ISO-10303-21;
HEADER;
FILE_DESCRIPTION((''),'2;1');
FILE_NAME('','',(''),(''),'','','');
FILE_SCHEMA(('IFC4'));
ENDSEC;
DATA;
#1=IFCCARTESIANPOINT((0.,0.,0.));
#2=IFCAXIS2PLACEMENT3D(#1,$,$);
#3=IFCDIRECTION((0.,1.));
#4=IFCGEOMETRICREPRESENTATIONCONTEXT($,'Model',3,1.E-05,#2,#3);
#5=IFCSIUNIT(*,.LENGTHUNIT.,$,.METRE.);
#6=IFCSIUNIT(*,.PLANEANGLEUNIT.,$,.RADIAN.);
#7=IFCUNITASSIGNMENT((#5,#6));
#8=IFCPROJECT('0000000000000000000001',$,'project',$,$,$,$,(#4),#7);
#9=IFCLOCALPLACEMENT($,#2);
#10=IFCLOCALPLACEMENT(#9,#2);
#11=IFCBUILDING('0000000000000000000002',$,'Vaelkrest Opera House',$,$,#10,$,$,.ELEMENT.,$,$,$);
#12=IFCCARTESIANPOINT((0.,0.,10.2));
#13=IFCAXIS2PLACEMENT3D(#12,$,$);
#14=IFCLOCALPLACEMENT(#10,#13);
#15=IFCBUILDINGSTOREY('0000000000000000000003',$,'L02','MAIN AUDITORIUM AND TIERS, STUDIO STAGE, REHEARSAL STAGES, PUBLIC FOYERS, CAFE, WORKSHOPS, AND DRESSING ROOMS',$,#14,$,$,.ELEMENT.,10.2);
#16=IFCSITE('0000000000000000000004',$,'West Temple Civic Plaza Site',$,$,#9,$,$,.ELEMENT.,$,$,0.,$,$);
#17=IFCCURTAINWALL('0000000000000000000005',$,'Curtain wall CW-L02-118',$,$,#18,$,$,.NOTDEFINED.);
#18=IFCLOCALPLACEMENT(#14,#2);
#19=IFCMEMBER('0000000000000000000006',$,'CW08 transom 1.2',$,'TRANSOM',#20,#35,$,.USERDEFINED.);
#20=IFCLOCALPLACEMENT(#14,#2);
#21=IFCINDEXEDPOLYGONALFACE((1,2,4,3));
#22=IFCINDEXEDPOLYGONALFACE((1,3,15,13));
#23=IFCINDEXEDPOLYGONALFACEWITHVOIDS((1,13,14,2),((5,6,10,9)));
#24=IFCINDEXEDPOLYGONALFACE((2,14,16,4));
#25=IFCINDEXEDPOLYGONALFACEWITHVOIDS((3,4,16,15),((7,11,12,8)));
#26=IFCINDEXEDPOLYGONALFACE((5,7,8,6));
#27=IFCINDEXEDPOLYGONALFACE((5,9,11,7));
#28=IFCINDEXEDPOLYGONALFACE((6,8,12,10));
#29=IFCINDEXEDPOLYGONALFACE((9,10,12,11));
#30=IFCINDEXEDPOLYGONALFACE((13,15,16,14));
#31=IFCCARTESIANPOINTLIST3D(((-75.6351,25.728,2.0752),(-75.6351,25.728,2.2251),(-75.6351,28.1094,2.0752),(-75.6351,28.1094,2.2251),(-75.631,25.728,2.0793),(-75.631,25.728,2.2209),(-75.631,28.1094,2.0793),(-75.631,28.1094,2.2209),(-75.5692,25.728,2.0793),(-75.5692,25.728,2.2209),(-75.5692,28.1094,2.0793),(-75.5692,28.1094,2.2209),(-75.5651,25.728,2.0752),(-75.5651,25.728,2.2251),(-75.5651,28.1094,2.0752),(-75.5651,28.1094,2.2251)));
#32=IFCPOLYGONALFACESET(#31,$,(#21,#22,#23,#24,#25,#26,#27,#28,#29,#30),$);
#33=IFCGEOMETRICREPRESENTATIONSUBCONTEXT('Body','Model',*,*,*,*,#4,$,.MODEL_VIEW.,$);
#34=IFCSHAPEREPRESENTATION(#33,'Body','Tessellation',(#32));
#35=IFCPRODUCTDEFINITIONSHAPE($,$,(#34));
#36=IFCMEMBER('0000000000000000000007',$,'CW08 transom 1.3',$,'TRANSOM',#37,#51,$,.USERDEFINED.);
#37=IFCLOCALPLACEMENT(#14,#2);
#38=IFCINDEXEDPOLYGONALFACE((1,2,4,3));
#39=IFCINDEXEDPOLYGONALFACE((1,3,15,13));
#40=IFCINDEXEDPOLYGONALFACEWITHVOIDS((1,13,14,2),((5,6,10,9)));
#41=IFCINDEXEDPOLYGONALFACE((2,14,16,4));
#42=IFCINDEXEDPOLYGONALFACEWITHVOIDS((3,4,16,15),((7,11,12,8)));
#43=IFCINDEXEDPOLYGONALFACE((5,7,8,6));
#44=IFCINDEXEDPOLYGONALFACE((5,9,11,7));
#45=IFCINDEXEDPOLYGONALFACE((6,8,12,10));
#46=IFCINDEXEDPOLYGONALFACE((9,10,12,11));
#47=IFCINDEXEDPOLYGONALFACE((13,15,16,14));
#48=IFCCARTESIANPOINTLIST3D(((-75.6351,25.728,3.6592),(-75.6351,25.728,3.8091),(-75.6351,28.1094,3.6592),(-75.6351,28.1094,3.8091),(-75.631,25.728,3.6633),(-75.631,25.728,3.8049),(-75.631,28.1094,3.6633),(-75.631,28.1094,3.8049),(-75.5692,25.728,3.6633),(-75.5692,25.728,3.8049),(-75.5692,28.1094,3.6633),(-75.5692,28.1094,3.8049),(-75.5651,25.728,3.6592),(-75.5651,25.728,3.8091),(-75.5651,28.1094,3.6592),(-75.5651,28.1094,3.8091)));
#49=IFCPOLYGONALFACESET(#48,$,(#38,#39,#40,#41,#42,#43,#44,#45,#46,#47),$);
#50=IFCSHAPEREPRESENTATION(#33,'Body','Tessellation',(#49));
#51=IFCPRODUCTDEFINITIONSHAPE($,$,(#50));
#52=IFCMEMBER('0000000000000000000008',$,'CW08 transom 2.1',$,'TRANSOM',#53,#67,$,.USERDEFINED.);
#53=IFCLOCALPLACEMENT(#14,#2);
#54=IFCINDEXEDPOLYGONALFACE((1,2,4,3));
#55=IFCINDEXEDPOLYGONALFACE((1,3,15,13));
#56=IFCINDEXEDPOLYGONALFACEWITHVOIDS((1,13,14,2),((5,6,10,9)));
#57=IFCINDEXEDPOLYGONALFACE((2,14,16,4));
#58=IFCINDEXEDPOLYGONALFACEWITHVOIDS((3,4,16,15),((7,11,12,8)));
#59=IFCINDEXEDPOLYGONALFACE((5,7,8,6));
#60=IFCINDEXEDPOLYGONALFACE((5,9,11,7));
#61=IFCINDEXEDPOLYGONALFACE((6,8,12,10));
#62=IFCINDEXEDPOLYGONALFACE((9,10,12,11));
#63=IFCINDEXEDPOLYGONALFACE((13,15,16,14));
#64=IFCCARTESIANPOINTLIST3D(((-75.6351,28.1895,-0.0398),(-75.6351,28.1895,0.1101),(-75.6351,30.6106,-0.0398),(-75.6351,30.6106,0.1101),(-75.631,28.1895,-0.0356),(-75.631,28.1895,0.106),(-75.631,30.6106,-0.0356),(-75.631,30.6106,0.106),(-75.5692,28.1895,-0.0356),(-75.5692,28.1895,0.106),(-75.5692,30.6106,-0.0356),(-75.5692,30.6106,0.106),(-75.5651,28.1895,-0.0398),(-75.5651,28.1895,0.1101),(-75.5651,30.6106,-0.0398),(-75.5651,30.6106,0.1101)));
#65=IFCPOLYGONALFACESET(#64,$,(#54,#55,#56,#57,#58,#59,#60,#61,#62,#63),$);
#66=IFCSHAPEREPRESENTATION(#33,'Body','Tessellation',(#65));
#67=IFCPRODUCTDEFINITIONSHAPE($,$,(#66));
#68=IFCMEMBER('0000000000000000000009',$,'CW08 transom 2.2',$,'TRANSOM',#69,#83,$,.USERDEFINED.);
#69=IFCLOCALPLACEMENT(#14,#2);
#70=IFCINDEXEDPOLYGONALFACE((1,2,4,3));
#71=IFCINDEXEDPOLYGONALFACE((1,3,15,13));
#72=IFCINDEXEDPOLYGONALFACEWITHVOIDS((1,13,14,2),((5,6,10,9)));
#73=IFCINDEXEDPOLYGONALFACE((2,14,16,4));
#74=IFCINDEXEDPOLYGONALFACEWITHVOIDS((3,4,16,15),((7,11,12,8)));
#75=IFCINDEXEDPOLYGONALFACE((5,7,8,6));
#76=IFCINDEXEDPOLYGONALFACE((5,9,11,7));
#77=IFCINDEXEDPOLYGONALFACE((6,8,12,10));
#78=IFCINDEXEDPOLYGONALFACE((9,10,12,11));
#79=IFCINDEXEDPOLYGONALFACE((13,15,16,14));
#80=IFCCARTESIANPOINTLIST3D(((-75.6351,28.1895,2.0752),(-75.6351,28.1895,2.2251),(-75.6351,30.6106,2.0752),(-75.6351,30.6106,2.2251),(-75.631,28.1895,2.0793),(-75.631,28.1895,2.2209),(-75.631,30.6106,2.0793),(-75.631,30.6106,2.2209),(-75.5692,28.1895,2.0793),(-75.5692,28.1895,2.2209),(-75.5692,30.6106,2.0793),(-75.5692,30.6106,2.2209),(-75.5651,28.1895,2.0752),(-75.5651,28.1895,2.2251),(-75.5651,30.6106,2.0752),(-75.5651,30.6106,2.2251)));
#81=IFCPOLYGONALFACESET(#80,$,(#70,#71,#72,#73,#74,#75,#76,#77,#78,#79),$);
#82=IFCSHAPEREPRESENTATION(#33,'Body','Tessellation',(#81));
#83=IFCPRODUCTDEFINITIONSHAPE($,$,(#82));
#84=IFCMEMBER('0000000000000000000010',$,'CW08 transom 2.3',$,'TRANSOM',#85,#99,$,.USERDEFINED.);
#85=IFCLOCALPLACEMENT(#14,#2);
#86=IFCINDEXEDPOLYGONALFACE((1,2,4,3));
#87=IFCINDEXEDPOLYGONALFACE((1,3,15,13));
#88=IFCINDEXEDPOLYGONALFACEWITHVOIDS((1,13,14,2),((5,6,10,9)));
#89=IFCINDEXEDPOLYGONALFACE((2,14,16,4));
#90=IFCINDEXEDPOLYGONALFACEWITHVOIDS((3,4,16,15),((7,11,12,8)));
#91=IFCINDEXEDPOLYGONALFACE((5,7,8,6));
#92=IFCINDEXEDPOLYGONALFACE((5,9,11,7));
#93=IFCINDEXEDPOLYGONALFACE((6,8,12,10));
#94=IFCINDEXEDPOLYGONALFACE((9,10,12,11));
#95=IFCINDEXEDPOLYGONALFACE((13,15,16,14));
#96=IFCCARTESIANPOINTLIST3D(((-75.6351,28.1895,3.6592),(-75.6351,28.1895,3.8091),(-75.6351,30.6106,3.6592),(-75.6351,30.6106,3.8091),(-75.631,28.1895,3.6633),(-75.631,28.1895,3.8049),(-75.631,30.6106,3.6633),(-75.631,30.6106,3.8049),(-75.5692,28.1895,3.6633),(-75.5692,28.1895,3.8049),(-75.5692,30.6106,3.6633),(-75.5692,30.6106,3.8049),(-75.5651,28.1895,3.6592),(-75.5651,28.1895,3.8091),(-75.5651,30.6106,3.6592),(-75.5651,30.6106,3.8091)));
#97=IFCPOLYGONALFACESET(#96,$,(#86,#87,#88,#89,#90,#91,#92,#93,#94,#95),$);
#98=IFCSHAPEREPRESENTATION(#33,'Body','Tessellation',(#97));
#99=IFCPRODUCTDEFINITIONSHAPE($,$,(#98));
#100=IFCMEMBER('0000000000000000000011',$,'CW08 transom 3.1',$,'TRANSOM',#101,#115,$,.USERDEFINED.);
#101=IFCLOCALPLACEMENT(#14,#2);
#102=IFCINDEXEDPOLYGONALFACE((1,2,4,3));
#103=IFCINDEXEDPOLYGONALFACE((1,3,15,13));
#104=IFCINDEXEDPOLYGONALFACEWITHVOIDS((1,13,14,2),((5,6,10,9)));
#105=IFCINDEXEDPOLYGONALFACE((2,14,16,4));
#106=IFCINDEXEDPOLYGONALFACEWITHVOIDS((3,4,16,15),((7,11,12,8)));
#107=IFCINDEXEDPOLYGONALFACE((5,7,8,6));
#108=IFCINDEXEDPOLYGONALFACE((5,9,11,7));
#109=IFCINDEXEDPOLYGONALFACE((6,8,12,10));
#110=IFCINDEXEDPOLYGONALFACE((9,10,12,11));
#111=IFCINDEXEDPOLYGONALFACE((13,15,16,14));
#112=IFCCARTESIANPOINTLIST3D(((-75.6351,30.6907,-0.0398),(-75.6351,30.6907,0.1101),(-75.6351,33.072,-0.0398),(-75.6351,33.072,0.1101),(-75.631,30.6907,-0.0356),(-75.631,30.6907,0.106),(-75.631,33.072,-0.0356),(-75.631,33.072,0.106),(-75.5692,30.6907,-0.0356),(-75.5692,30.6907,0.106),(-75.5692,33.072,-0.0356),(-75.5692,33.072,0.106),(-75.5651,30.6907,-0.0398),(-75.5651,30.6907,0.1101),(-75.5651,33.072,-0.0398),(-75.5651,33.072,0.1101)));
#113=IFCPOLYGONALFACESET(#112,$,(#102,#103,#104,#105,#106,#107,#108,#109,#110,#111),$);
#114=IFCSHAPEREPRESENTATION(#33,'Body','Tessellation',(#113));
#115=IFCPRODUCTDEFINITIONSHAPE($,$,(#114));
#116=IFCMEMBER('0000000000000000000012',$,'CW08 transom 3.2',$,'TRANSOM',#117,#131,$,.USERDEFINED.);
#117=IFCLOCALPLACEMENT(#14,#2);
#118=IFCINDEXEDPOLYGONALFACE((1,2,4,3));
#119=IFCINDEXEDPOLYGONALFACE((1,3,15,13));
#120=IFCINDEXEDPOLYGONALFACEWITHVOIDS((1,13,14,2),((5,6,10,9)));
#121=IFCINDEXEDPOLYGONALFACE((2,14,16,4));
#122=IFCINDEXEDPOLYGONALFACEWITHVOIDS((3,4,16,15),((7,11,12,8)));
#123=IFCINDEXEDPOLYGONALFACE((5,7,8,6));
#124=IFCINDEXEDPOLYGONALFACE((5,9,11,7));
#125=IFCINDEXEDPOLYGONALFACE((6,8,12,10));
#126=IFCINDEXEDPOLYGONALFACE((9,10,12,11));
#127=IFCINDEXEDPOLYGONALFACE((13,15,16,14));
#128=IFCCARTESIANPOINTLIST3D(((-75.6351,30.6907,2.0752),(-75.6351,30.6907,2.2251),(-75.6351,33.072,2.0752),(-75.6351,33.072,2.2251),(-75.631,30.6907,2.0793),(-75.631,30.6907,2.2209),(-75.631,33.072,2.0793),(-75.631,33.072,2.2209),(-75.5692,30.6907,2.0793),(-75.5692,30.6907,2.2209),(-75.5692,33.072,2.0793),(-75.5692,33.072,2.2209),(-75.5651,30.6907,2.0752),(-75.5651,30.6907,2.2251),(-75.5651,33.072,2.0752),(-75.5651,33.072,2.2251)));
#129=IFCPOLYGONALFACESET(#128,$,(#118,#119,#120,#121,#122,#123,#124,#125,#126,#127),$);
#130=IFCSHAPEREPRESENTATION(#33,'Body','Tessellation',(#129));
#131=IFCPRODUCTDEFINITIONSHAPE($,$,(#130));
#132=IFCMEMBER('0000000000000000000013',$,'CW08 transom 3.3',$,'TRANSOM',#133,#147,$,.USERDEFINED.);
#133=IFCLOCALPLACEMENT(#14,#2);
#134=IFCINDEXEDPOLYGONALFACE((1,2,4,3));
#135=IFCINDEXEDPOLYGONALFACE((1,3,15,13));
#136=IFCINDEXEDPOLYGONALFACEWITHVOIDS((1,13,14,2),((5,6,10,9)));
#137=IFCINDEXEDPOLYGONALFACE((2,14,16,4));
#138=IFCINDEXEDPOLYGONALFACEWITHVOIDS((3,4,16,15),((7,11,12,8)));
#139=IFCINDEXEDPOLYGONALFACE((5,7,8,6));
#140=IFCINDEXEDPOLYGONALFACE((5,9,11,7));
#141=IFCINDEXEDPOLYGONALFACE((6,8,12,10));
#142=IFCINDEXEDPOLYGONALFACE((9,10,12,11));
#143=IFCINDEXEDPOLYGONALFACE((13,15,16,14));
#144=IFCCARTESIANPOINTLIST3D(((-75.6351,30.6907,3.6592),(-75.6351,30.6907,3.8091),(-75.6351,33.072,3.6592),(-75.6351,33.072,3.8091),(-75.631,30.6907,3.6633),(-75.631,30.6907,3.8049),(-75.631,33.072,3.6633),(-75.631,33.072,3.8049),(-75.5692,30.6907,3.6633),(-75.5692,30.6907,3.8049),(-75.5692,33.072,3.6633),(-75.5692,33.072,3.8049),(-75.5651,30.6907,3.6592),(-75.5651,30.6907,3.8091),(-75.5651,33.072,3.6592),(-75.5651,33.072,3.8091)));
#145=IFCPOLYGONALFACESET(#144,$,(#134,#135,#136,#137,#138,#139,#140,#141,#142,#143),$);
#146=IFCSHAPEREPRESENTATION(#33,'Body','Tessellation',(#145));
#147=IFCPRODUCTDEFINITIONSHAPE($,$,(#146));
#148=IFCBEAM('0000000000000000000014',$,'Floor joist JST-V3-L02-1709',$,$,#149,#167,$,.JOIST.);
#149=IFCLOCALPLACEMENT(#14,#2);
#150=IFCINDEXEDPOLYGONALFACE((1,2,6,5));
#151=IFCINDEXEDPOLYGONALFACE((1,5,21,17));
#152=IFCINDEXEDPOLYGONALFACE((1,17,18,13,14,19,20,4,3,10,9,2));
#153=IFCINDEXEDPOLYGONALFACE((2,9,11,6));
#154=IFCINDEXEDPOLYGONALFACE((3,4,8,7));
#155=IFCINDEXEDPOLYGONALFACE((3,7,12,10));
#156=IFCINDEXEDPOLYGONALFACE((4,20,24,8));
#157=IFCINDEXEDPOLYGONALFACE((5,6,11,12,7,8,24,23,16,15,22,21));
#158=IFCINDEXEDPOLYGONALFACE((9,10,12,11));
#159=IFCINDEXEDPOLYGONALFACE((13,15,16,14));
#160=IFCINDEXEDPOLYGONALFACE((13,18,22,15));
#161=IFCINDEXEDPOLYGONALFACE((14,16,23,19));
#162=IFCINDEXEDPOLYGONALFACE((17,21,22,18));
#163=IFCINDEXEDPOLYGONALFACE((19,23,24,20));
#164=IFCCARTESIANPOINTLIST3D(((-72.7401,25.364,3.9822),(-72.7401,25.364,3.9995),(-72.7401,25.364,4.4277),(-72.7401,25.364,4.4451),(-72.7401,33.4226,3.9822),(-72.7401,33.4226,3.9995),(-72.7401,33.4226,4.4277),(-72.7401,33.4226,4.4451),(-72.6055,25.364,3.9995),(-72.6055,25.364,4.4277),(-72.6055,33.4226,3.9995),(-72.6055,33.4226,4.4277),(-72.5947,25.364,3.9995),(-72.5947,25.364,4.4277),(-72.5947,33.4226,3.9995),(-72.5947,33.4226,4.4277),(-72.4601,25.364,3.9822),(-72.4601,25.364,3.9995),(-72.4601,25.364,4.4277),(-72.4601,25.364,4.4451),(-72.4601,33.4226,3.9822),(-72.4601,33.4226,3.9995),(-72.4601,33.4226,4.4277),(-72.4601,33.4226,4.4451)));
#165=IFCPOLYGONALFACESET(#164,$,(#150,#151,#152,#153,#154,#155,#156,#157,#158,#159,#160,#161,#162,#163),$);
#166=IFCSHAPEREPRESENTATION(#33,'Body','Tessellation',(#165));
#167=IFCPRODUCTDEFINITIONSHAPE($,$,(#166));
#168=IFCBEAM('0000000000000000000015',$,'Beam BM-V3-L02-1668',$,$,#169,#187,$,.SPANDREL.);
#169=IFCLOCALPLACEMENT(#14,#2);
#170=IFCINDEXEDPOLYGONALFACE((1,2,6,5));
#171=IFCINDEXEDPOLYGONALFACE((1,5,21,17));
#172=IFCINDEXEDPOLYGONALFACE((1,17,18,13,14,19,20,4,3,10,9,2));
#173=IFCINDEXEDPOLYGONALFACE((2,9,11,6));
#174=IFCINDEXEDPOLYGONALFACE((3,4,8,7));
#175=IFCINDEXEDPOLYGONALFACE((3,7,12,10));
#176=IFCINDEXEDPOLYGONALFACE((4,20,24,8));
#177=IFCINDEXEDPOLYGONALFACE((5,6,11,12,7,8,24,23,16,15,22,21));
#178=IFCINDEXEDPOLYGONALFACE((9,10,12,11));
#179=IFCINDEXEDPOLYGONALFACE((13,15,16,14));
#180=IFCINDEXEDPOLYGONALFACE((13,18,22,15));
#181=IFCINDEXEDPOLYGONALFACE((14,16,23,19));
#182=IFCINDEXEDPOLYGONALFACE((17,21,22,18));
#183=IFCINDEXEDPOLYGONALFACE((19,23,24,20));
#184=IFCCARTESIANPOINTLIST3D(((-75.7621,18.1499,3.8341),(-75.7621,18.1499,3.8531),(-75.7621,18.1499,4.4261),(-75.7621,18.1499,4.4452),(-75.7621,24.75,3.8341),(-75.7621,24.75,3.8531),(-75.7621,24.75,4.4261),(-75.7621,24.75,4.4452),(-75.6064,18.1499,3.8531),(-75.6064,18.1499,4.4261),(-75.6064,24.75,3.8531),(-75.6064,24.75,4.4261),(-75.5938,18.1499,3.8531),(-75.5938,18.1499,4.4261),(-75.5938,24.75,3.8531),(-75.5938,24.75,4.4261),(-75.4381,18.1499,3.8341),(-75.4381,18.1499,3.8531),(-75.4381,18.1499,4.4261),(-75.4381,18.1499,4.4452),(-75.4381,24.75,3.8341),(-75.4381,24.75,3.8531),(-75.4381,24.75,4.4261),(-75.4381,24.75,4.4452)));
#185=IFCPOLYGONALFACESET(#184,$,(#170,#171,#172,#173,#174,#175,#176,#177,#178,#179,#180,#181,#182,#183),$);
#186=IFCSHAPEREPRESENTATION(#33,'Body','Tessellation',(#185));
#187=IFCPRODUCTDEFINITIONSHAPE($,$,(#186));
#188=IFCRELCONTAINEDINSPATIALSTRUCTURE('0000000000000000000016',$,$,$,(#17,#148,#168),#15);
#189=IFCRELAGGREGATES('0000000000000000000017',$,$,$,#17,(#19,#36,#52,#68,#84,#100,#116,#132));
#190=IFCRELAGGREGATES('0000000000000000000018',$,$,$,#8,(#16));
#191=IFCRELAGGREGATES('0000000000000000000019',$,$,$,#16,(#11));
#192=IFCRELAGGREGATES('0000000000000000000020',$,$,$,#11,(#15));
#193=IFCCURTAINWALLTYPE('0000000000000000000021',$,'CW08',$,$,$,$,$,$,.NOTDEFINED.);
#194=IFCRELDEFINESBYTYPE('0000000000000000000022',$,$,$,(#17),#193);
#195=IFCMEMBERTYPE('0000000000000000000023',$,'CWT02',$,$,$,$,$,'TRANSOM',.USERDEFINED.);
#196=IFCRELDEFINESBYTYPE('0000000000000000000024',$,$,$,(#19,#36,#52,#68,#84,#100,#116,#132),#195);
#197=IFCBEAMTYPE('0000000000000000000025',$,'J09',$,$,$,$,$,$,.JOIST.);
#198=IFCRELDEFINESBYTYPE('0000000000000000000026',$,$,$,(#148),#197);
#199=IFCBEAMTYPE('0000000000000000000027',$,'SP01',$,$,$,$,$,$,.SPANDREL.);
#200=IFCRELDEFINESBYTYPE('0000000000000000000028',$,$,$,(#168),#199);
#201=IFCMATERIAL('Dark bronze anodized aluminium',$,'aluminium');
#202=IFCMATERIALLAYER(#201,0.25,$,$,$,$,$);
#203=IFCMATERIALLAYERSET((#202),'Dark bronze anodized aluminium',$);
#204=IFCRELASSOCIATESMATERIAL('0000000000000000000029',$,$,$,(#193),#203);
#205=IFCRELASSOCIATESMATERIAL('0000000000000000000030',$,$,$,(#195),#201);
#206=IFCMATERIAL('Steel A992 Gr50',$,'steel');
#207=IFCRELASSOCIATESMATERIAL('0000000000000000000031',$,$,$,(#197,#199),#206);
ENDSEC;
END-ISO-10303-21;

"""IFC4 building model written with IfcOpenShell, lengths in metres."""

from ifc_helpers import new_model, si_unit, direction, frame, origin, origin_2d, place, context, subcontext, project, spatial, hollow_rectangle, i_section, extrude, material, layer, layer_set, material_profile, profile_set, type_object, element, aggregate, save


model = new_model("IFC4")

# Units and contexts
model_context = context("Model", 3, precision=1e-05, world=origin(), true_north=direction((0.0, 1.0)))
body_context = subcontext(model_context, "Body", "Model", "MODEL_VIEW")
ifc_project = project(units=[si_unit("LENGTHUNIT", "METRE"), si_unit("PLANEANGLEUNIT", "RADIAN")], contexts=[model_context])

# Site, building, storey
site_placement = place(None, origin())
site = spatial("IfcSite", under=ifc_project, at=site_placement, Name="West Temple Civic Plaza Site", CompositionType="ELEMENT", RefElevation=0.0)
building_placement = place(site_placement, origin())
building = spatial("IfcBuilding", under=site, at=building_placement, Name="Vaelkrest Opera House", CompositionType="ELEMENT")
storey_placement = place(building_placement, frame((0.0, 0.0, 10.2)))
storey = spatial("IfcBuildingStorey", under=building, at=storey_placement, Name="L02", Description="MAIN AUDITORIUM AND TIERS, STUDIO STAGE, REHEARSAL STAGES, PUBLIC FOYERS, CAFE, WORKSHOPS, AND DRESSING ROOMS", CompositionType="ELEMENT", Elevation=10.2)

# Shared definitions
ifc_material_1 = material(Name="Steel A992 Gr50", Category="steel")

# Curtain wall, members
ifc_material_2 = material(Name="Dark bronze anodized aluminium", Category="aluminium")
ifc_layer_1 = layer(ifc_material_2, 0.25)
ifc_layer_set_1 = layer_set([ifc_layer_1], Name="Dark bronze anodized aluminium")
curtain_wall_type = type_object("IfcCurtainWallType", Name="CW08", PredefinedType="NOTDEFINED", material=ifc_layer_set_1)
curtain_wall_placement = place(storey_placement, origin())
curtain_wall = element("IfcCurtainWall", 1, at=curtain_wall_placement, inside=storey, type_object=curtain_wall_type, Name="Curtain wall CW-L02-118", PredefinedType="NOTDEFINED")
ifc_material_profile_1 = material_profile(ifc_material_2, hollow_rectangle(XDim=0.0701, YDim=0.1499, WallThickness=0.0042, at=origin_2d()), Name="CWT70X150")
ifc_profile_set_1 = profile_set([ifc_material_profile_1], Name="Dark bronze anodized aluminium")
member_type_1 = type_object("IfcMemberType", Name="CWT02", ElementType="TRANSOM", PredefinedType="USERDEFINED", material=ifc_profile_set_1)
member_1_placement = place(storey_placement, frame((-75.6001, 25.728, 2.1501), z_axis=(0.0, 1.0, 0.0), x_axis=(-1.0, 0.0, 0.0)))
member_1 = element("IfcMember", 2, at=member_1_placement, type_object=member_type_1, Name="CW08 transom 1.2", ObjectType="TRANSOM", PredefinedType="USERDEFINED", context=body_context, shape_type="SweptSolid", body=[
    extrude(hollow_rectangle(XDim=0.0701, YDim=0.1499, WallThickness=0.0042, at=origin_2d()), origin(), (0.0, 0.0, 1.0), 2.3813),
])
member_2_placement = place(storey_placement, frame((-75.6001, 25.728, 3.7341), z_axis=(0.0, 1.0, 0.0), x_axis=(-1.0, 0.0, 0.0)))
member_2 = element("IfcMember", 3, at=member_2_placement, type_object=member_type_1, Name="CW08 transom 1.3", ObjectType="TRANSOM", PredefinedType="USERDEFINED", context=body_context, shape_type="SweptSolid", body=[
    extrude(hollow_rectangle(XDim=0.0701, YDim=0.1499, WallThickness=0.0042, at=origin_2d()), origin(), (0.0, 0.0, 1.0), 2.3813),
])
member_3_placement = place(storey_placement, frame((-75.6001, 28.1895, 0.0352), z_axis=(0.0, 1.0, 0.0), x_axis=(-1.0, 0.0, 0.0)))
member_3 = element("IfcMember", 4, at=member_3_placement, type_object=member_type_1, Name="CW08 transom 2.1", ObjectType="TRANSOM", PredefinedType="USERDEFINED", context=body_context, shape_type="SweptSolid", body=[
    extrude(hollow_rectangle(XDim=0.0701, YDim=0.1499, WallThickness=0.0042, at=origin_2d()), origin(), (0.0, 0.0, 1.0), 2.4211),
])
member_4_placement = place(storey_placement, frame((-75.6001, 28.1895, 2.1501), z_axis=(0.0, 1.0, 0.0), x_axis=(-1.0, 0.0, 0.0)))
member_4 = element("IfcMember", 5, at=member_4_placement, type_object=member_type_1, Name="CW08 transom 2.2", ObjectType="TRANSOM", PredefinedType="USERDEFINED", context=body_context, shape_type="SweptSolid", body=[
    extrude(hollow_rectangle(XDim=0.0701, YDim=0.1499, WallThickness=0.0042, at=origin_2d()), origin(), (0.0, 0.0, 1.0), 2.4211),
])
member_5_placement = place(storey_placement, frame((-75.6001, 28.1895, 3.7341), z_axis=(0.0, 1.0, 0.0), x_axis=(-1.0, 0.0, 0.0)))
member_5 = element("IfcMember", 6, at=member_5_placement, type_object=member_type_1, Name="CW08 transom 2.3", ObjectType="TRANSOM", PredefinedType="USERDEFINED", context=body_context, shape_type="SweptSolid", body=[
    extrude(hollow_rectangle(XDim=0.0701, YDim=0.1499, WallThickness=0.0042, at=origin_2d()), origin(), (0.0, 0.0, 1.0), 2.4211),
])
member_6_placement = place(storey_placement, frame((-75.6001, 30.6907, 0.0352), z_axis=(0.0, 1.0, 0.0), x_axis=(-1.0, 0.0, 0.0)))
member_6 = element("IfcMember", 7, at=member_6_placement, type_object=member_type_1, Name="CW08 transom 3.1", ObjectType="TRANSOM", PredefinedType="USERDEFINED", context=body_context, shape_type="SweptSolid", body=[
    extrude(hollow_rectangle(XDim=0.0701, YDim=0.1499, WallThickness=0.0042, at=origin_2d()), origin(), (0.0, 0.0, 1.0), 2.3813),
])
member_7_placement = place(storey_placement, frame((-75.6001, 30.6907, 2.1501), z_axis=(0.0, 1.0, 0.0), x_axis=(-1.0, 0.0, 0.0)))
member_7 = element("IfcMember", 8, at=member_7_placement, type_object=member_type_1, Name="CW08 transom 3.2", ObjectType="TRANSOM", PredefinedType="USERDEFINED", context=body_context, shape_type="SweptSolid", body=[
    extrude(hollow_rectangle(XDim=0.0701, YDim=0.1499, WallThickness=0.0042, at=origin_2d()), origin(), (0.0, 0.0, 1.0), 2.3813),
])
member_8_placement = place(storey_placement, frame((-75.6001, 30.6907, 3.7341), z_axis=(0.0, 1.0, 0.0), x_axis=(-1.0, 0.0, 0.0)))
member_8 = element("IfcMember", 9, at=member_8_placement, type_object=member_type_1, Name="CW08 transom 3.3", ObjectType="TRANSOM", PredefinedType="USERDEFINED", context=body_context, shape_type="SweptSolid", body=[
    extrude(hollow_rectangle(XDim=0.0701, YDim=0.1499, WallThickness=0.0042, at=origin_2d()), origin(), (0.0, 0.0, 1.0), 2.3813),
])

# Beams
ifc_material_profile_2 = material_profile(ifc_material_1, i_section(OverallWidth=0.28, OverallDepth=0.4629, WebThickness=0.0107, FlangeThickness=0.0173, at=origin_2d()), Name="W18X76")
ifc_profile_set_2 = profile_set([ifc_material_profile_2], Name="Steel A992 Gr50")
beam_type_1 = type_object("IfcBeamType", Name="J09", PredefinedType="JOIST", material=ifc_profile_set_2)
beam_1_placement = place(storey_placement, frame((-72.6001, 25.364, 4.2136), z_axis=(0.0, 1.0, 0.0), x_axis=(-1.0, 0.0, 0.0)))
element("IfcBeam", 10, at=beam_1_placement, inside=storey, type_object=beam_type_1, Name="Floor joist JST-V3-L02-1709", PredefinedType="JOIST", context=body_context, shape_type="SweptSolid", body=[
    extrude(i_section(OverallWidth=0.28, OverallDepth=0.4629, WebThickness=0.0107, FlangeThickness=0.0173, at=origin_2d()), origin(), (0.0, 0.0, 1.0), 8.0586),
])
ifc_material_profile_3 = material_profile(ifc_material_1, i_section(OverallWidth=0.324, OverallDepth=0.6111, WebThickness=0.0127, FlangeThickness=0.019, at=origin_2d()), Name="W24X104")
ifc_profile_set_3 = profile_set([ifc_material_profile_3], Name="Steel A992 Gr50")
beam_type_2 = type_object("IfcBeamType", Name="SP01", PredefinedType="SPANDREL", material=ifc_profile_set_3)
beam_2_placement = place(storey_placement, frame((-75.6001, 18.1499, 4.1396), z_axis=(0.0, 1.0, 0.0), x_axis=(-1.0, 0.0, 0.0)))
element("IfcBeam", 11, at=beam_2_placement, inside=storey, type_object=beam_type_2, Name="Beam BM-V3-L02-1668", PredefinedType="SPANDREL", context=body_context, shape_type="SweptSolid", body=[
    extrude(i_section(OverallWidth=0.324, OverallDepth=0.6111, WebThickness=0.0127, FlangeThickness=0.019, at=origin_2d()), origin(), (0.0, 0.0, 1.0), 6.6001),
])

aggregate(curtain_wall, [member_1, member_2, member_3, member_4, member_5, member_6, member_7, member_8])

save(model, "model.ifc")
